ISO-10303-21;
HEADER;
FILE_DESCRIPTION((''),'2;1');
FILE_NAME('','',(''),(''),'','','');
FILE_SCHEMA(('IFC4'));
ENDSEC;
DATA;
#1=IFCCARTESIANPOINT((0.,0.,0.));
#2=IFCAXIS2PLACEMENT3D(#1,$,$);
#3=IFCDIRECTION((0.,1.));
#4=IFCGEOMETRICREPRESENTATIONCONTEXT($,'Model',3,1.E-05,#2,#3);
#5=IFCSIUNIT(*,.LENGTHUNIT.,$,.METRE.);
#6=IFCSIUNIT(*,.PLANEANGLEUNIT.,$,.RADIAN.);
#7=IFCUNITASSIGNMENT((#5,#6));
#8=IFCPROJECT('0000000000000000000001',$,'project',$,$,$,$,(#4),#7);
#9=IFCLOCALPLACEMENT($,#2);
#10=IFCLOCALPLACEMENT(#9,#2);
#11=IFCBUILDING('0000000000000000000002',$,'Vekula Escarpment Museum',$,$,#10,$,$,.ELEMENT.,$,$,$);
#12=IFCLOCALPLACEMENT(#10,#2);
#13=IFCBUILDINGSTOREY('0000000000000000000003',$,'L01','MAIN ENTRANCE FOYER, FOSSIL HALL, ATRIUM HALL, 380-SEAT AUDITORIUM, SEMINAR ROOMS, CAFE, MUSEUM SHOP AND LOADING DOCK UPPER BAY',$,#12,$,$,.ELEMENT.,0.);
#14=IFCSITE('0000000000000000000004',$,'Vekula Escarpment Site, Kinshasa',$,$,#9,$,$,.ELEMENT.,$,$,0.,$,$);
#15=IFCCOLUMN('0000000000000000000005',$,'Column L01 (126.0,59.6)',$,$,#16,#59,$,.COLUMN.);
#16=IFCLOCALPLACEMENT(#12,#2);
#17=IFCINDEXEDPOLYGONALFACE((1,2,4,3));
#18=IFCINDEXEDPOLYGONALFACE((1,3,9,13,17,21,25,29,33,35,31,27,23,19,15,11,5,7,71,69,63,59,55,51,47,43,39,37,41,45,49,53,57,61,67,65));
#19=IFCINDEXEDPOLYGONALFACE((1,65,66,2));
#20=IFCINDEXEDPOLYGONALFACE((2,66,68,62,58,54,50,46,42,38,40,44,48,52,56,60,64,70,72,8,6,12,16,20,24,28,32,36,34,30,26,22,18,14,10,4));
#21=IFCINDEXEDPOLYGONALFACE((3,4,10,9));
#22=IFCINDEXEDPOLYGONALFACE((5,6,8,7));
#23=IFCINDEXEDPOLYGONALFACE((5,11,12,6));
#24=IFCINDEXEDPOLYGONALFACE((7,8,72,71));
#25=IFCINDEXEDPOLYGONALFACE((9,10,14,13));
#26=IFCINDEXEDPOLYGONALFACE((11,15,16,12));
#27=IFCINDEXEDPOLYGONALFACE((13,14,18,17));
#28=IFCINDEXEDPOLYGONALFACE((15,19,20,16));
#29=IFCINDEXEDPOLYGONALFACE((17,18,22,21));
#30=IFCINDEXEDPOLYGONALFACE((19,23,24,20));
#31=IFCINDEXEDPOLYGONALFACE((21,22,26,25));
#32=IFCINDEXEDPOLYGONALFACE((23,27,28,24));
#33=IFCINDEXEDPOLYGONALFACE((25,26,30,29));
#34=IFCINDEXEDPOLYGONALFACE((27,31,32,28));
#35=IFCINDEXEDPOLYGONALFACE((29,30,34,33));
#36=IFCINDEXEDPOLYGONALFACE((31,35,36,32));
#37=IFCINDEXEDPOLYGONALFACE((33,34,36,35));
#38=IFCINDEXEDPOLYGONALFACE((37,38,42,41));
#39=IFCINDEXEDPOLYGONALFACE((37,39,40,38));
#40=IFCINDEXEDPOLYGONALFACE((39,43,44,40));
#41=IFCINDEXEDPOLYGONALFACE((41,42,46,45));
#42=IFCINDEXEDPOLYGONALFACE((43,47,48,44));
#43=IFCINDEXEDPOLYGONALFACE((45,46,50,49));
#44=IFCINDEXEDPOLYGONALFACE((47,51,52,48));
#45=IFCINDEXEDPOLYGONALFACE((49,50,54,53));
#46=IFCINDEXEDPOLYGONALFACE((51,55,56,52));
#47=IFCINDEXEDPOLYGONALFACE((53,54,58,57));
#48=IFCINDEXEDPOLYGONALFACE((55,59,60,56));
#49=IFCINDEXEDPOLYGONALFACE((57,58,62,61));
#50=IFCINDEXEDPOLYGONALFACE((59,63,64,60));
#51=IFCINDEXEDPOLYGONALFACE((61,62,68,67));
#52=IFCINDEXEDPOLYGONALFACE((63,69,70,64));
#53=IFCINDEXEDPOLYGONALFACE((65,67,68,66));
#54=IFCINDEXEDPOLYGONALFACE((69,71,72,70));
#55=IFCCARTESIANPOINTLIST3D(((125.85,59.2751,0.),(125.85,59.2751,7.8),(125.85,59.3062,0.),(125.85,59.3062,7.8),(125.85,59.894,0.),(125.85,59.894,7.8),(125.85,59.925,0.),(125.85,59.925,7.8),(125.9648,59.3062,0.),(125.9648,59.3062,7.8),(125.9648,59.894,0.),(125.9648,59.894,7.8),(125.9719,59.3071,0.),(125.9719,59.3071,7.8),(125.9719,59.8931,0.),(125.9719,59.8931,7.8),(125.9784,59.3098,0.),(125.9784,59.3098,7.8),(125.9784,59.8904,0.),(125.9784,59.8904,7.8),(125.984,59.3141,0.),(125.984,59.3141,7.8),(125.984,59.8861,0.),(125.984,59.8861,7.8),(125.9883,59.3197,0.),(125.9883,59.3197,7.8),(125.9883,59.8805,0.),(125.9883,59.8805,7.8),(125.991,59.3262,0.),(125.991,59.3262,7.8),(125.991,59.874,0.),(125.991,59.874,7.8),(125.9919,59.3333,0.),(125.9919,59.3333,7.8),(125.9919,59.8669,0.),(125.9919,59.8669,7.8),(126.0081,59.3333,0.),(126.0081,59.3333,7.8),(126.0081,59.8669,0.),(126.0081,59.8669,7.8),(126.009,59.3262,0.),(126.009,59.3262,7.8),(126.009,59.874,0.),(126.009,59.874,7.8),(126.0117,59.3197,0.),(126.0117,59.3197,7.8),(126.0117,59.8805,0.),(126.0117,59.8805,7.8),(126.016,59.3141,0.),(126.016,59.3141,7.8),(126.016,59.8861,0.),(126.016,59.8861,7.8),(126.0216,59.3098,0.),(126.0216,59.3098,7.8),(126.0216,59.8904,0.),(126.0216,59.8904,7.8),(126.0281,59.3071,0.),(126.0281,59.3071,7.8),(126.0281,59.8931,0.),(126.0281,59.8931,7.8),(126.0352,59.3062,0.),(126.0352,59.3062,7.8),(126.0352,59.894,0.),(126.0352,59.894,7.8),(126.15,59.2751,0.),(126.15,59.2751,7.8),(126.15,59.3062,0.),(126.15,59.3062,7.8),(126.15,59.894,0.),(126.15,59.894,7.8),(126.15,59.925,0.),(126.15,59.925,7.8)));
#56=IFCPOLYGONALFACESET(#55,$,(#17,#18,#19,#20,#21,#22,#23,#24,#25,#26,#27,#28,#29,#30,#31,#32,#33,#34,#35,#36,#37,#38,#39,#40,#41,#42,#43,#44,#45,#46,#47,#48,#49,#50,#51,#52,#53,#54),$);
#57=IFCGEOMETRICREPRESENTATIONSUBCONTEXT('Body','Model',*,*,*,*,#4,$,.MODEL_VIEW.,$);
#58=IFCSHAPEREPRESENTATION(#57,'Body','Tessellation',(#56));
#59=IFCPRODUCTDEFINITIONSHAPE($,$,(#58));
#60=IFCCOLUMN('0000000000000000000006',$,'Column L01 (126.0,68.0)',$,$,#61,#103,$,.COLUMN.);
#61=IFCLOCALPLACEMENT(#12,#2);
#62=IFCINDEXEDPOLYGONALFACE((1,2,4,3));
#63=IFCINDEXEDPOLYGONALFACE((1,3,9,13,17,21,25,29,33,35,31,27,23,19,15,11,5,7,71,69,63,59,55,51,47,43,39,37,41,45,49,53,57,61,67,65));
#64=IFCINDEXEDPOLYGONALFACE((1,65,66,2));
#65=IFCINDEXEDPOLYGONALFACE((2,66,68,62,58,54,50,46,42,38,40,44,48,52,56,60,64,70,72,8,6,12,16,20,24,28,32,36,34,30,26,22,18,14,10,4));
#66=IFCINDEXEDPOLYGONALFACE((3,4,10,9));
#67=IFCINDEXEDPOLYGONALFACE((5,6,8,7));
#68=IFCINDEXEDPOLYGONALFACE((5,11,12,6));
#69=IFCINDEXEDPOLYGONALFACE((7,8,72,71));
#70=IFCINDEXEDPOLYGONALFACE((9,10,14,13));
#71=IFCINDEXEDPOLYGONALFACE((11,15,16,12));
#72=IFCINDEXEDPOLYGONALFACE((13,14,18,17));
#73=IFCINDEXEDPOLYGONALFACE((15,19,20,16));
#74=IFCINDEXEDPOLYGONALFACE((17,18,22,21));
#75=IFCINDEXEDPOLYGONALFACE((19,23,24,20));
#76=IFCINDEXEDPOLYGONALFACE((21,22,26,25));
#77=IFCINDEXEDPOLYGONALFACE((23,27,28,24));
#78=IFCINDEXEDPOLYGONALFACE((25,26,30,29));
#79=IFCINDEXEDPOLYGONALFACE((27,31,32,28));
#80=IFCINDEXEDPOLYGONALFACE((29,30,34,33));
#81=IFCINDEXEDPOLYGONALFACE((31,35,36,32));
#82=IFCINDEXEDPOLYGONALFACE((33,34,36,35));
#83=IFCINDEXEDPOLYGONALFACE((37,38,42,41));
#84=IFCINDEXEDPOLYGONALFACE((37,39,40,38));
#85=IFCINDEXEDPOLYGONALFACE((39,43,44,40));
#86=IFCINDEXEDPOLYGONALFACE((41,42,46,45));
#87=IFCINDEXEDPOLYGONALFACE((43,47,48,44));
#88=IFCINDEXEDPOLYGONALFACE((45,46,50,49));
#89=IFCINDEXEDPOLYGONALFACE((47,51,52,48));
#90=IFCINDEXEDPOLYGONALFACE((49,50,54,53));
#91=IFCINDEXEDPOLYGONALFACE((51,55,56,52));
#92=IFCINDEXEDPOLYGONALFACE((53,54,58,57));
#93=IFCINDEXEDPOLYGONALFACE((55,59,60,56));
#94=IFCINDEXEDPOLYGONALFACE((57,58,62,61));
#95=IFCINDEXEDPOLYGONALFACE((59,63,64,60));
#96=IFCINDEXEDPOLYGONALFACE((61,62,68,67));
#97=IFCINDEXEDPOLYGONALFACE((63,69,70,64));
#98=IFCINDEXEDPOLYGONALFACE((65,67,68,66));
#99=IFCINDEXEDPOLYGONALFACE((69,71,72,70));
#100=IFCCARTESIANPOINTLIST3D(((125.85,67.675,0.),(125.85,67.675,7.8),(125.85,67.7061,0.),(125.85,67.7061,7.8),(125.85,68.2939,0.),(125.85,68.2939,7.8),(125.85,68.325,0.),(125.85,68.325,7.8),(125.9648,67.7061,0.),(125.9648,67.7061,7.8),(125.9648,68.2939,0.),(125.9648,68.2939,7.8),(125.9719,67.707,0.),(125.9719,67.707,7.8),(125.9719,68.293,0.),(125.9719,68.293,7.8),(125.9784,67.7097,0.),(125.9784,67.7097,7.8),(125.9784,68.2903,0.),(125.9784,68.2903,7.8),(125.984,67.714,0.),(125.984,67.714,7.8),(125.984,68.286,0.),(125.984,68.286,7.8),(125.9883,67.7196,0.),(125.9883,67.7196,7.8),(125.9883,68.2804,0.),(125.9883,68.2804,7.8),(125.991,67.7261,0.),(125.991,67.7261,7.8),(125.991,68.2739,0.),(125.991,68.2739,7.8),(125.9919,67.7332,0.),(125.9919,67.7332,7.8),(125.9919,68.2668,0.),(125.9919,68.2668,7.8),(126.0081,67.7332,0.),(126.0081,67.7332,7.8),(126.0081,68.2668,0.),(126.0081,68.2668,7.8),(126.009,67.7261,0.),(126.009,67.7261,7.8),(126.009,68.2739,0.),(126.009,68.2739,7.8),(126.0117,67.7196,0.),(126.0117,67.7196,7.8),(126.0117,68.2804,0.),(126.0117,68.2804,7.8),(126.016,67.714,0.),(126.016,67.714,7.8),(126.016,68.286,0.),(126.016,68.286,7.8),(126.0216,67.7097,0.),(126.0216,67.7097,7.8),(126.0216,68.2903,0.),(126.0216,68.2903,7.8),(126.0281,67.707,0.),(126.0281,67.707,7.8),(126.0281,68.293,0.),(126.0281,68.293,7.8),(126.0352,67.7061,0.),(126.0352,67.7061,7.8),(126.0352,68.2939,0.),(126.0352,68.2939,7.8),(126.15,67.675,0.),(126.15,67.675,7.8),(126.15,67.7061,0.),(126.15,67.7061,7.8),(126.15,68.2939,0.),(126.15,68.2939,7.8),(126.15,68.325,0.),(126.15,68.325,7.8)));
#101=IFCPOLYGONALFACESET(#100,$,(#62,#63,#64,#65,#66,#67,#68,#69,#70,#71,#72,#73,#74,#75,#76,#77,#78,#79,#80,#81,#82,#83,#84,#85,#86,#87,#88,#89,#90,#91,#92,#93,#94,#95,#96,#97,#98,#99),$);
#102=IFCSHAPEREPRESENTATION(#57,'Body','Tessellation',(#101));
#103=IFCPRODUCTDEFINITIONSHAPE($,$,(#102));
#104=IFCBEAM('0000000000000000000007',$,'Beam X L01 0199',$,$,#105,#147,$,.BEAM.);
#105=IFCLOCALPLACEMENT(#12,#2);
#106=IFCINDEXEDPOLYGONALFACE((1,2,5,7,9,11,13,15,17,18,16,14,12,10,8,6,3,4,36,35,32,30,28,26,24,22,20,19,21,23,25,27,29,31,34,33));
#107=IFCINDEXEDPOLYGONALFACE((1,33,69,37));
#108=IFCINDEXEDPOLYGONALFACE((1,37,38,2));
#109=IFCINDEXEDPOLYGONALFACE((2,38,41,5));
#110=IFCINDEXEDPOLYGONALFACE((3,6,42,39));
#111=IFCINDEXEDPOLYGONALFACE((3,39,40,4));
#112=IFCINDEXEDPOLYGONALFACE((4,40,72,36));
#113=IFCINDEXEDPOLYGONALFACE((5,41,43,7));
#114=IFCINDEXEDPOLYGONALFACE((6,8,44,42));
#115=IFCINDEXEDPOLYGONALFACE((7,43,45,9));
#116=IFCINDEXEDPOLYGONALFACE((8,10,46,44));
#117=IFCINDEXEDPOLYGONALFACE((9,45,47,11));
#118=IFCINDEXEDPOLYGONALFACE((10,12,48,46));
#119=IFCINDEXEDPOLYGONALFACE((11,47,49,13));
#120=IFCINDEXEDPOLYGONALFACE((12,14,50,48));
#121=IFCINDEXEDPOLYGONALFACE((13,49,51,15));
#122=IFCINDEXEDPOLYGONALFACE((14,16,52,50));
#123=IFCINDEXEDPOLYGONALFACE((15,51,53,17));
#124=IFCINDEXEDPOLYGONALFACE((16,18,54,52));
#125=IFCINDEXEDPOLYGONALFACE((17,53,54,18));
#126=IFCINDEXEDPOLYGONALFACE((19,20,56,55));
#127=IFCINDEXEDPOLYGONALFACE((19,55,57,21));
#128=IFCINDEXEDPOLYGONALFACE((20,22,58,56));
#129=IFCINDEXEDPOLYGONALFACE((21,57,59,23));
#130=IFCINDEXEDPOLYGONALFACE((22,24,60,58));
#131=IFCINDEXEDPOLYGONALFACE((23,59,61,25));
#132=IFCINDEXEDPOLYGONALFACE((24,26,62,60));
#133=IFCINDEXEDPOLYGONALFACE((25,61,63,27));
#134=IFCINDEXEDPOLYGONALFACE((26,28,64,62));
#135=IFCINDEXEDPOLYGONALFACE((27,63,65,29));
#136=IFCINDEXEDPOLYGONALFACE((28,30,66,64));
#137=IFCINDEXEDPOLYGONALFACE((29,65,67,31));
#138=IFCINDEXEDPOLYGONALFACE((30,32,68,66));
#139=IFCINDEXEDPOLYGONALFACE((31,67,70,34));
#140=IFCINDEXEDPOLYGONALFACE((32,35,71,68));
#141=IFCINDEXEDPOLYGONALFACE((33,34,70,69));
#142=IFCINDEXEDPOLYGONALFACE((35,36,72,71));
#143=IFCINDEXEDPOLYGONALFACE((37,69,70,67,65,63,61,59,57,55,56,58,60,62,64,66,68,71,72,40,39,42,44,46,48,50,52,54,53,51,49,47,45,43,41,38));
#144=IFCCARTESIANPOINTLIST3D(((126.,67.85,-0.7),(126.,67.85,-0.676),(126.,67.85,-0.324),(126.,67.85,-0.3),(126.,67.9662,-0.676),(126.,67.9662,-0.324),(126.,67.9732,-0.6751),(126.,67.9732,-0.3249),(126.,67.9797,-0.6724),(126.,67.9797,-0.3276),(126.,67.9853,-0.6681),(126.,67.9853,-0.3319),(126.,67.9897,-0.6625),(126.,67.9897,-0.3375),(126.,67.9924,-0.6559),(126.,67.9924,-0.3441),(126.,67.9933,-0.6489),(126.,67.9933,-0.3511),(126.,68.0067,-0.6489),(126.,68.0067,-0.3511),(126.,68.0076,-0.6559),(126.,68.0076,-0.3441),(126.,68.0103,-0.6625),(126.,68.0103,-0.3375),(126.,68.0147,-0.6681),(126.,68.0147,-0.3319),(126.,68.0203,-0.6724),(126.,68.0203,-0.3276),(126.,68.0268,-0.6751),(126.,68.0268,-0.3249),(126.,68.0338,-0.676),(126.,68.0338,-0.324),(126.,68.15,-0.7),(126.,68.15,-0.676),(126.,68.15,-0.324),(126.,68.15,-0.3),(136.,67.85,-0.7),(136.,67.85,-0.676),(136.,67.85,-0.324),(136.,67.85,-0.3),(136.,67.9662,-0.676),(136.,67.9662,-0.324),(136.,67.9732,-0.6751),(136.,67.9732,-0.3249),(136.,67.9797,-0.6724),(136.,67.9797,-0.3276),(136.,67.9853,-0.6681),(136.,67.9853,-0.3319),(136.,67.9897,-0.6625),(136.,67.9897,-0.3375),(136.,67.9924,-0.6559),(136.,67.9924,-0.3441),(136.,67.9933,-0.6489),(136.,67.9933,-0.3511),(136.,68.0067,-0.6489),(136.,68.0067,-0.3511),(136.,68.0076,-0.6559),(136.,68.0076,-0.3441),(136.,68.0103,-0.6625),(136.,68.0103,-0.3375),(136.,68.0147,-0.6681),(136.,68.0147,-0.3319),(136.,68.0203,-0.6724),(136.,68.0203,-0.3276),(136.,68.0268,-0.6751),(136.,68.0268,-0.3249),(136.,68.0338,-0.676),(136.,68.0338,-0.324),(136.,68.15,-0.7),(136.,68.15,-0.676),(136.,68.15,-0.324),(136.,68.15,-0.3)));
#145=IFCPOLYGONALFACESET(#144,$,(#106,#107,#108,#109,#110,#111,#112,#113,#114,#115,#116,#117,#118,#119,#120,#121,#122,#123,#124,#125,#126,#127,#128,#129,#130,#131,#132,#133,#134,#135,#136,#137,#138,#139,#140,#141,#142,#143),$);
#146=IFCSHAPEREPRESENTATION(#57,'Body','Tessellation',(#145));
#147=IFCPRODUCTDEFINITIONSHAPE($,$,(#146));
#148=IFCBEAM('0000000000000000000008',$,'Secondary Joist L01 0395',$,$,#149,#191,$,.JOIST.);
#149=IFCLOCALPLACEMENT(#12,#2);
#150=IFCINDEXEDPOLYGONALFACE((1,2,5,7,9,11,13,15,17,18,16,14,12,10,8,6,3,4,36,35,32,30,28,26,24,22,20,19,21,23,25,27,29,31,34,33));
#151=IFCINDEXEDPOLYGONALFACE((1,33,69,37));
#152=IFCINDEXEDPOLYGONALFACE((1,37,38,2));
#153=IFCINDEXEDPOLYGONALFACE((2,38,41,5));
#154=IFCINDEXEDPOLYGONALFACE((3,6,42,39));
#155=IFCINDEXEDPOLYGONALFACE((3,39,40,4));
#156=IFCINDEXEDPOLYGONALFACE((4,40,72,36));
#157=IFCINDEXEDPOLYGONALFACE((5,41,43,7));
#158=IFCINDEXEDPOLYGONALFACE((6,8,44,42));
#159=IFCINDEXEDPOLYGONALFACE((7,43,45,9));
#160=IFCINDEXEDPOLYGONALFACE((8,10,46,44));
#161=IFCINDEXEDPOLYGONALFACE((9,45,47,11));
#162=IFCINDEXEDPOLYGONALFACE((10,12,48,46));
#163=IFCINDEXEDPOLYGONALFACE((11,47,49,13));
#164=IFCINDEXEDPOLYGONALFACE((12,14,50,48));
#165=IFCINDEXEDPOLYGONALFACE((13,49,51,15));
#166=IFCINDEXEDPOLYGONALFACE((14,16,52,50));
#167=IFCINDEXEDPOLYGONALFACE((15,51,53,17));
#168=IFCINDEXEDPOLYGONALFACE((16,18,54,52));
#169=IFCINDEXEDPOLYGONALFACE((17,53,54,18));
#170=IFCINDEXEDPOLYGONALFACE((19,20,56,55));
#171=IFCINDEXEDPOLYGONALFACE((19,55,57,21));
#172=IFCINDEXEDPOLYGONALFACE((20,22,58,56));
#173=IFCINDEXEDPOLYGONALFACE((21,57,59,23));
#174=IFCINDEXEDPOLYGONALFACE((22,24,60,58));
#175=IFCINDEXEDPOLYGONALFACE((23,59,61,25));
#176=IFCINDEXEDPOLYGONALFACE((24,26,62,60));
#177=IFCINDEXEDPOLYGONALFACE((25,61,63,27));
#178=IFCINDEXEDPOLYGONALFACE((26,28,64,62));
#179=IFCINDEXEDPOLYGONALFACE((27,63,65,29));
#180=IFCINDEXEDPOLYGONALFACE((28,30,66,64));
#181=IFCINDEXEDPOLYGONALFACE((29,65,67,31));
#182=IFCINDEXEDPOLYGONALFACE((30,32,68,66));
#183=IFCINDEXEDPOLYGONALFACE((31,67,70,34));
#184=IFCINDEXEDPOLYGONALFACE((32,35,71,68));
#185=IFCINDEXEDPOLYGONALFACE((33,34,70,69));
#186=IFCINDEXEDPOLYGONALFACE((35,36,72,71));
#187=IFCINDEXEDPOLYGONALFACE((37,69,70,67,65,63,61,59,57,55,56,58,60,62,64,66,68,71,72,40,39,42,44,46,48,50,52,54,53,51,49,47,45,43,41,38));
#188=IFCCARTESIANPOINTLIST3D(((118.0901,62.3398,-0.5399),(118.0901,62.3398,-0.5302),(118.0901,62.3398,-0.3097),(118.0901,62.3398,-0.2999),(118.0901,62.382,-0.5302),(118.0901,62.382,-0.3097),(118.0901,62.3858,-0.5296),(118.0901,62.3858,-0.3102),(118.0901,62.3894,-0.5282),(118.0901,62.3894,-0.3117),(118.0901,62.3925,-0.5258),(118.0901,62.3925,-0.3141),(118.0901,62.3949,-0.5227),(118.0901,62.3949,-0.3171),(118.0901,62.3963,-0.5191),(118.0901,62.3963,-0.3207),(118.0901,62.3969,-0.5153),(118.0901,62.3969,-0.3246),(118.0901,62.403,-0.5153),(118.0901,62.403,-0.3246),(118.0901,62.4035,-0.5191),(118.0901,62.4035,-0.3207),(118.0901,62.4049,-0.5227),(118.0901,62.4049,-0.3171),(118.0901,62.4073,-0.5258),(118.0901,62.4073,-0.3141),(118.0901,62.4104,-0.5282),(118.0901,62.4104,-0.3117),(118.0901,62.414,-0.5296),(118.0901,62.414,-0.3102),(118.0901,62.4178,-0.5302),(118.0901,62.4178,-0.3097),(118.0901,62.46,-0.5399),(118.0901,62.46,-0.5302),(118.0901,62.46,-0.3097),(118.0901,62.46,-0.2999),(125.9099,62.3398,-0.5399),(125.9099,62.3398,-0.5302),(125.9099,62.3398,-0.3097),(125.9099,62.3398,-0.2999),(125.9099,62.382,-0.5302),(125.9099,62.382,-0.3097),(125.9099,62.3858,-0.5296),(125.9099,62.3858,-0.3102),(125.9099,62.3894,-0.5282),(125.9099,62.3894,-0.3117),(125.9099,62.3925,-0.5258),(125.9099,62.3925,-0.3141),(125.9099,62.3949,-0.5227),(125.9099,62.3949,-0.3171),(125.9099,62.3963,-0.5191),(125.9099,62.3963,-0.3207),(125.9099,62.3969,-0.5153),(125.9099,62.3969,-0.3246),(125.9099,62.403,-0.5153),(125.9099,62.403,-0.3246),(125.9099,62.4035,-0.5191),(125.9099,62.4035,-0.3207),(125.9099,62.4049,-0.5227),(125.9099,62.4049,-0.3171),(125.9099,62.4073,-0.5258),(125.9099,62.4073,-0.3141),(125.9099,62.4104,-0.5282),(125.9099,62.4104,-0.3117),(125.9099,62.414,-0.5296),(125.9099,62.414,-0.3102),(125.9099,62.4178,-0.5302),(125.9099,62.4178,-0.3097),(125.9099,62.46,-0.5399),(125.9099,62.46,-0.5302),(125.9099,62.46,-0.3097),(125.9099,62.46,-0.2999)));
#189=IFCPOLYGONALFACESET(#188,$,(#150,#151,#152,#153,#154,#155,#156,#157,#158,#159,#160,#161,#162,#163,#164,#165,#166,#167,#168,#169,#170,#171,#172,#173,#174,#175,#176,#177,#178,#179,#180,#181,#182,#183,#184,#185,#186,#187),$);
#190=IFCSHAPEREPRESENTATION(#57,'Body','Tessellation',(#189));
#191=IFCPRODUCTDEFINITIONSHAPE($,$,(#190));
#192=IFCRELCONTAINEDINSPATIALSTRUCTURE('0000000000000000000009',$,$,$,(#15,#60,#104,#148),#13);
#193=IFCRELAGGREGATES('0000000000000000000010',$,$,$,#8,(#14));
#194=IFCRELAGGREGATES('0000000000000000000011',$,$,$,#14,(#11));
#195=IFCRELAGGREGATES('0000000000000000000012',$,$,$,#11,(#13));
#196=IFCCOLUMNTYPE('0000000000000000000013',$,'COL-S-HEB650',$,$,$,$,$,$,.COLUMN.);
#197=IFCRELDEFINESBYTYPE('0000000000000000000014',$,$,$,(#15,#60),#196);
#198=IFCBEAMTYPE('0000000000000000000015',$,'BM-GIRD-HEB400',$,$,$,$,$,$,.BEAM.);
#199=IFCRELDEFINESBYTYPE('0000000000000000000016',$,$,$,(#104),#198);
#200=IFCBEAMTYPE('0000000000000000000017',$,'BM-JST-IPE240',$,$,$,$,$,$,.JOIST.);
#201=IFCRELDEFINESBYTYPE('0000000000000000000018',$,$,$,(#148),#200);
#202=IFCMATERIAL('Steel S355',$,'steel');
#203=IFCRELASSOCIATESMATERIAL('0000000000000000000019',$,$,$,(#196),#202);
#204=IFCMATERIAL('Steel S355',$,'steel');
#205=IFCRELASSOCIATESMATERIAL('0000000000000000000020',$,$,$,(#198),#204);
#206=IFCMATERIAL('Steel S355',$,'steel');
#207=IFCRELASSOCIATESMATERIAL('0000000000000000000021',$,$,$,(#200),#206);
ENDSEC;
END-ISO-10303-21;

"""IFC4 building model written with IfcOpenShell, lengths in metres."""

from ifc_helpers import new_model, si_unit, direction, frame, origin, origin_2d, place, context, subcontext, project, spatial, i_section, extrude, material, material_profile, profile_set, type_object, element, save


model = new_model("IFC4")

# Units and contexts
model_context = context("Model", 3, precision=1e-05, world=origin(), true_north=direction((0.0, 1.0)))
body_context = subcontext(model_context, "Body", "Model", "MODEL_VIEW")
ifc_project = project(units=[si_unit("LENGTHUNIT", "METRE"), si_unit("PLANEANGLEUNIT", "RADIAN")], contexts=[model_context])

# Site, building, storey
site_placement = place(None, origin())
site = spatial("IfcSite", under=ifc_project, at=site_placement, Name="Vekula Escarpment Site, Kinshasa", CompositionType="ELEMENT", RefElevation=0.0)
building_placement = place(site_placement, origin())
building = spatial("IfcBuilding", under=site, at=building_placement, Name="Vekula Escarpment Museum", CompositionType="ELEMENT")
storey_placement = place(building_placement, origin())
storey = spatial("IfcBuildingStorey", under=building, at=storey_placement, Name="L01", Description="MAIN ENTRANCE FOYER, FOSSIL HALL, ATRIUM HALL, 380-SEAT AUDITORIUM, SEMINAR ROOMS, CAFE, MUSEUM SHOP AND LOADING DOCK UPPER BAY", CompositionType="ELEMENT", Elevation=0.0)

# Columns
ifc_material_1 = material(Name="Steel S355", Category="steel")
ifc_material_profile_1 = material_profile(ifc_material_1, i_section(OverallWidth=0.3, OverallDepth=0.6499, WebThickness=0.0161, FlangeThickness=0.031, FilletRadius=0.0271, at=origin_2d()), Name="HEB 650")
ifc_profile_set_1 = profile_set([ifc_material_profile_1], Name="Steel S355")
column_type = type_object("IfcColumnType", Name="COL-S-HEB650", PredefinedType="COLUMN", material=ifc_profile_set_1)
for number, where, z_axis, x_axis, name in (
    (1, (126.0, 59.6001, 0.0), (0.0, 0.0, 1.0), (1.0, 0.0, 0.0), "Column L01 (126.0,59.6)"),
    (2, (126.0, 68.0, 0.0), (0.0, 0.0, 1.0), (1.0, 0.0, 0.0), "Column L01 (126.0,68.0)"),
):
    element("IfcColumn", number, at=place(storey_placement, frame(where, z_axis=z_axis, x_axis=x_axis)), inside=storey, type_object=column_type, Name=name, PredefinedType="COLUMN", context=body_context, shape_type="SweptSolid", body=[
        extrude(i_section(OverallWidth=0.3, OverallDepth=0.6499, WebThickness=0.0161, FlangeThickness=0.031, FilletRadius=0.0271, at=origin_2d()), origin(), (0.0, 0.0, 1.0), 7.8),
    ])

# Beams
ifc_material_2 = material(Name="Steel S355", Category="steel")
ifc_material_profile_2 = material_profile(ifc_material_2, i_section(OverallWidth=0.3, OverallDepth=0.3999, WebThickness=0.0134, FlangeThickness=0.0239, FilletRadius=0.0271, at=origin_2d()), Name="HEB 400")
ifc_profile_set_2 = profile_set([ifc_material_profile_2], Name="Steel S355")
beam_type_1 = type_object("IfcBeamType", Name="BM-GIRD-HEB400", PredefinedType="BEAM", material=ifc_profile_set_2)
beam_1_placement = place(storey_placement, frame((126.0, 68.0, -0.5), z_axis=(1.0, 0.0, 0.0), x_axis=(0.0, 1.0, 0.0)))
element("IfcBeam", 3, at=beam_1_placement, inside=storey, type_object=beam_type_1, Name="Beam X L01 0199", PredefinedType="BEAM", context=body_context, shape_type="SweptSolid", body=[
    extrude(i_section(OverallWidth=0.3, OverallDepth=0.3999, WebThickness=0.0134, FlangeThickness=0.0239, FilletRadius=0.0271, at=origin_2d()), origin(), (0.0, 0.0, 1.0), 10.0),
])
ifc_material_3 = material(Name="Steel S355", Category="steel")
ifc_material_profile_3 = material_profile(ifc_material_3, i_section(OverallWidth=0.1201, OverallDepth=0.24, WebThickness=0.0061, FlangeThickness=0.0098, FilletRadius=0.0149, at=origin_2d()), Name="IPE 240")
ifc_profile_set_3 = profile_set([ifc_material_profile_3], Name="Steel S355")
beam_type_2 = type_object("IfcBeamType", Name="BM-JST-IPE240", PredefinedType="JOIST", material=ifc_profile_set_3)
for number, where, z_axis, x_axis, name in (
    (4, (118.0901, 62.3999, -0.4199), (1.0, 0.0, 0.0), (0.0, 1.0, 0.0), "Secondary Joist L01 0395"),
):
    element("IfcBeam", number, at=place(storey_placement, frame(where, z_axis=z_axis, x_axis=x_axis)), inside=storey, type_object=beam_type_2, Name=name, PredefinedType="JOIST", context=body_context, shape_type="SweptSolid", body=[
        extrude(i_section(OverallWidth=0.1201, OverallDepth=0.24, WebThickness=0.0061, FlangeThickness=0.0098, FilletRadius=0.0149, at=origin_2d()), origin(), (0.0, 0.0, 1.0), 7.8198),
    ])

save(model, "model.ifc")
